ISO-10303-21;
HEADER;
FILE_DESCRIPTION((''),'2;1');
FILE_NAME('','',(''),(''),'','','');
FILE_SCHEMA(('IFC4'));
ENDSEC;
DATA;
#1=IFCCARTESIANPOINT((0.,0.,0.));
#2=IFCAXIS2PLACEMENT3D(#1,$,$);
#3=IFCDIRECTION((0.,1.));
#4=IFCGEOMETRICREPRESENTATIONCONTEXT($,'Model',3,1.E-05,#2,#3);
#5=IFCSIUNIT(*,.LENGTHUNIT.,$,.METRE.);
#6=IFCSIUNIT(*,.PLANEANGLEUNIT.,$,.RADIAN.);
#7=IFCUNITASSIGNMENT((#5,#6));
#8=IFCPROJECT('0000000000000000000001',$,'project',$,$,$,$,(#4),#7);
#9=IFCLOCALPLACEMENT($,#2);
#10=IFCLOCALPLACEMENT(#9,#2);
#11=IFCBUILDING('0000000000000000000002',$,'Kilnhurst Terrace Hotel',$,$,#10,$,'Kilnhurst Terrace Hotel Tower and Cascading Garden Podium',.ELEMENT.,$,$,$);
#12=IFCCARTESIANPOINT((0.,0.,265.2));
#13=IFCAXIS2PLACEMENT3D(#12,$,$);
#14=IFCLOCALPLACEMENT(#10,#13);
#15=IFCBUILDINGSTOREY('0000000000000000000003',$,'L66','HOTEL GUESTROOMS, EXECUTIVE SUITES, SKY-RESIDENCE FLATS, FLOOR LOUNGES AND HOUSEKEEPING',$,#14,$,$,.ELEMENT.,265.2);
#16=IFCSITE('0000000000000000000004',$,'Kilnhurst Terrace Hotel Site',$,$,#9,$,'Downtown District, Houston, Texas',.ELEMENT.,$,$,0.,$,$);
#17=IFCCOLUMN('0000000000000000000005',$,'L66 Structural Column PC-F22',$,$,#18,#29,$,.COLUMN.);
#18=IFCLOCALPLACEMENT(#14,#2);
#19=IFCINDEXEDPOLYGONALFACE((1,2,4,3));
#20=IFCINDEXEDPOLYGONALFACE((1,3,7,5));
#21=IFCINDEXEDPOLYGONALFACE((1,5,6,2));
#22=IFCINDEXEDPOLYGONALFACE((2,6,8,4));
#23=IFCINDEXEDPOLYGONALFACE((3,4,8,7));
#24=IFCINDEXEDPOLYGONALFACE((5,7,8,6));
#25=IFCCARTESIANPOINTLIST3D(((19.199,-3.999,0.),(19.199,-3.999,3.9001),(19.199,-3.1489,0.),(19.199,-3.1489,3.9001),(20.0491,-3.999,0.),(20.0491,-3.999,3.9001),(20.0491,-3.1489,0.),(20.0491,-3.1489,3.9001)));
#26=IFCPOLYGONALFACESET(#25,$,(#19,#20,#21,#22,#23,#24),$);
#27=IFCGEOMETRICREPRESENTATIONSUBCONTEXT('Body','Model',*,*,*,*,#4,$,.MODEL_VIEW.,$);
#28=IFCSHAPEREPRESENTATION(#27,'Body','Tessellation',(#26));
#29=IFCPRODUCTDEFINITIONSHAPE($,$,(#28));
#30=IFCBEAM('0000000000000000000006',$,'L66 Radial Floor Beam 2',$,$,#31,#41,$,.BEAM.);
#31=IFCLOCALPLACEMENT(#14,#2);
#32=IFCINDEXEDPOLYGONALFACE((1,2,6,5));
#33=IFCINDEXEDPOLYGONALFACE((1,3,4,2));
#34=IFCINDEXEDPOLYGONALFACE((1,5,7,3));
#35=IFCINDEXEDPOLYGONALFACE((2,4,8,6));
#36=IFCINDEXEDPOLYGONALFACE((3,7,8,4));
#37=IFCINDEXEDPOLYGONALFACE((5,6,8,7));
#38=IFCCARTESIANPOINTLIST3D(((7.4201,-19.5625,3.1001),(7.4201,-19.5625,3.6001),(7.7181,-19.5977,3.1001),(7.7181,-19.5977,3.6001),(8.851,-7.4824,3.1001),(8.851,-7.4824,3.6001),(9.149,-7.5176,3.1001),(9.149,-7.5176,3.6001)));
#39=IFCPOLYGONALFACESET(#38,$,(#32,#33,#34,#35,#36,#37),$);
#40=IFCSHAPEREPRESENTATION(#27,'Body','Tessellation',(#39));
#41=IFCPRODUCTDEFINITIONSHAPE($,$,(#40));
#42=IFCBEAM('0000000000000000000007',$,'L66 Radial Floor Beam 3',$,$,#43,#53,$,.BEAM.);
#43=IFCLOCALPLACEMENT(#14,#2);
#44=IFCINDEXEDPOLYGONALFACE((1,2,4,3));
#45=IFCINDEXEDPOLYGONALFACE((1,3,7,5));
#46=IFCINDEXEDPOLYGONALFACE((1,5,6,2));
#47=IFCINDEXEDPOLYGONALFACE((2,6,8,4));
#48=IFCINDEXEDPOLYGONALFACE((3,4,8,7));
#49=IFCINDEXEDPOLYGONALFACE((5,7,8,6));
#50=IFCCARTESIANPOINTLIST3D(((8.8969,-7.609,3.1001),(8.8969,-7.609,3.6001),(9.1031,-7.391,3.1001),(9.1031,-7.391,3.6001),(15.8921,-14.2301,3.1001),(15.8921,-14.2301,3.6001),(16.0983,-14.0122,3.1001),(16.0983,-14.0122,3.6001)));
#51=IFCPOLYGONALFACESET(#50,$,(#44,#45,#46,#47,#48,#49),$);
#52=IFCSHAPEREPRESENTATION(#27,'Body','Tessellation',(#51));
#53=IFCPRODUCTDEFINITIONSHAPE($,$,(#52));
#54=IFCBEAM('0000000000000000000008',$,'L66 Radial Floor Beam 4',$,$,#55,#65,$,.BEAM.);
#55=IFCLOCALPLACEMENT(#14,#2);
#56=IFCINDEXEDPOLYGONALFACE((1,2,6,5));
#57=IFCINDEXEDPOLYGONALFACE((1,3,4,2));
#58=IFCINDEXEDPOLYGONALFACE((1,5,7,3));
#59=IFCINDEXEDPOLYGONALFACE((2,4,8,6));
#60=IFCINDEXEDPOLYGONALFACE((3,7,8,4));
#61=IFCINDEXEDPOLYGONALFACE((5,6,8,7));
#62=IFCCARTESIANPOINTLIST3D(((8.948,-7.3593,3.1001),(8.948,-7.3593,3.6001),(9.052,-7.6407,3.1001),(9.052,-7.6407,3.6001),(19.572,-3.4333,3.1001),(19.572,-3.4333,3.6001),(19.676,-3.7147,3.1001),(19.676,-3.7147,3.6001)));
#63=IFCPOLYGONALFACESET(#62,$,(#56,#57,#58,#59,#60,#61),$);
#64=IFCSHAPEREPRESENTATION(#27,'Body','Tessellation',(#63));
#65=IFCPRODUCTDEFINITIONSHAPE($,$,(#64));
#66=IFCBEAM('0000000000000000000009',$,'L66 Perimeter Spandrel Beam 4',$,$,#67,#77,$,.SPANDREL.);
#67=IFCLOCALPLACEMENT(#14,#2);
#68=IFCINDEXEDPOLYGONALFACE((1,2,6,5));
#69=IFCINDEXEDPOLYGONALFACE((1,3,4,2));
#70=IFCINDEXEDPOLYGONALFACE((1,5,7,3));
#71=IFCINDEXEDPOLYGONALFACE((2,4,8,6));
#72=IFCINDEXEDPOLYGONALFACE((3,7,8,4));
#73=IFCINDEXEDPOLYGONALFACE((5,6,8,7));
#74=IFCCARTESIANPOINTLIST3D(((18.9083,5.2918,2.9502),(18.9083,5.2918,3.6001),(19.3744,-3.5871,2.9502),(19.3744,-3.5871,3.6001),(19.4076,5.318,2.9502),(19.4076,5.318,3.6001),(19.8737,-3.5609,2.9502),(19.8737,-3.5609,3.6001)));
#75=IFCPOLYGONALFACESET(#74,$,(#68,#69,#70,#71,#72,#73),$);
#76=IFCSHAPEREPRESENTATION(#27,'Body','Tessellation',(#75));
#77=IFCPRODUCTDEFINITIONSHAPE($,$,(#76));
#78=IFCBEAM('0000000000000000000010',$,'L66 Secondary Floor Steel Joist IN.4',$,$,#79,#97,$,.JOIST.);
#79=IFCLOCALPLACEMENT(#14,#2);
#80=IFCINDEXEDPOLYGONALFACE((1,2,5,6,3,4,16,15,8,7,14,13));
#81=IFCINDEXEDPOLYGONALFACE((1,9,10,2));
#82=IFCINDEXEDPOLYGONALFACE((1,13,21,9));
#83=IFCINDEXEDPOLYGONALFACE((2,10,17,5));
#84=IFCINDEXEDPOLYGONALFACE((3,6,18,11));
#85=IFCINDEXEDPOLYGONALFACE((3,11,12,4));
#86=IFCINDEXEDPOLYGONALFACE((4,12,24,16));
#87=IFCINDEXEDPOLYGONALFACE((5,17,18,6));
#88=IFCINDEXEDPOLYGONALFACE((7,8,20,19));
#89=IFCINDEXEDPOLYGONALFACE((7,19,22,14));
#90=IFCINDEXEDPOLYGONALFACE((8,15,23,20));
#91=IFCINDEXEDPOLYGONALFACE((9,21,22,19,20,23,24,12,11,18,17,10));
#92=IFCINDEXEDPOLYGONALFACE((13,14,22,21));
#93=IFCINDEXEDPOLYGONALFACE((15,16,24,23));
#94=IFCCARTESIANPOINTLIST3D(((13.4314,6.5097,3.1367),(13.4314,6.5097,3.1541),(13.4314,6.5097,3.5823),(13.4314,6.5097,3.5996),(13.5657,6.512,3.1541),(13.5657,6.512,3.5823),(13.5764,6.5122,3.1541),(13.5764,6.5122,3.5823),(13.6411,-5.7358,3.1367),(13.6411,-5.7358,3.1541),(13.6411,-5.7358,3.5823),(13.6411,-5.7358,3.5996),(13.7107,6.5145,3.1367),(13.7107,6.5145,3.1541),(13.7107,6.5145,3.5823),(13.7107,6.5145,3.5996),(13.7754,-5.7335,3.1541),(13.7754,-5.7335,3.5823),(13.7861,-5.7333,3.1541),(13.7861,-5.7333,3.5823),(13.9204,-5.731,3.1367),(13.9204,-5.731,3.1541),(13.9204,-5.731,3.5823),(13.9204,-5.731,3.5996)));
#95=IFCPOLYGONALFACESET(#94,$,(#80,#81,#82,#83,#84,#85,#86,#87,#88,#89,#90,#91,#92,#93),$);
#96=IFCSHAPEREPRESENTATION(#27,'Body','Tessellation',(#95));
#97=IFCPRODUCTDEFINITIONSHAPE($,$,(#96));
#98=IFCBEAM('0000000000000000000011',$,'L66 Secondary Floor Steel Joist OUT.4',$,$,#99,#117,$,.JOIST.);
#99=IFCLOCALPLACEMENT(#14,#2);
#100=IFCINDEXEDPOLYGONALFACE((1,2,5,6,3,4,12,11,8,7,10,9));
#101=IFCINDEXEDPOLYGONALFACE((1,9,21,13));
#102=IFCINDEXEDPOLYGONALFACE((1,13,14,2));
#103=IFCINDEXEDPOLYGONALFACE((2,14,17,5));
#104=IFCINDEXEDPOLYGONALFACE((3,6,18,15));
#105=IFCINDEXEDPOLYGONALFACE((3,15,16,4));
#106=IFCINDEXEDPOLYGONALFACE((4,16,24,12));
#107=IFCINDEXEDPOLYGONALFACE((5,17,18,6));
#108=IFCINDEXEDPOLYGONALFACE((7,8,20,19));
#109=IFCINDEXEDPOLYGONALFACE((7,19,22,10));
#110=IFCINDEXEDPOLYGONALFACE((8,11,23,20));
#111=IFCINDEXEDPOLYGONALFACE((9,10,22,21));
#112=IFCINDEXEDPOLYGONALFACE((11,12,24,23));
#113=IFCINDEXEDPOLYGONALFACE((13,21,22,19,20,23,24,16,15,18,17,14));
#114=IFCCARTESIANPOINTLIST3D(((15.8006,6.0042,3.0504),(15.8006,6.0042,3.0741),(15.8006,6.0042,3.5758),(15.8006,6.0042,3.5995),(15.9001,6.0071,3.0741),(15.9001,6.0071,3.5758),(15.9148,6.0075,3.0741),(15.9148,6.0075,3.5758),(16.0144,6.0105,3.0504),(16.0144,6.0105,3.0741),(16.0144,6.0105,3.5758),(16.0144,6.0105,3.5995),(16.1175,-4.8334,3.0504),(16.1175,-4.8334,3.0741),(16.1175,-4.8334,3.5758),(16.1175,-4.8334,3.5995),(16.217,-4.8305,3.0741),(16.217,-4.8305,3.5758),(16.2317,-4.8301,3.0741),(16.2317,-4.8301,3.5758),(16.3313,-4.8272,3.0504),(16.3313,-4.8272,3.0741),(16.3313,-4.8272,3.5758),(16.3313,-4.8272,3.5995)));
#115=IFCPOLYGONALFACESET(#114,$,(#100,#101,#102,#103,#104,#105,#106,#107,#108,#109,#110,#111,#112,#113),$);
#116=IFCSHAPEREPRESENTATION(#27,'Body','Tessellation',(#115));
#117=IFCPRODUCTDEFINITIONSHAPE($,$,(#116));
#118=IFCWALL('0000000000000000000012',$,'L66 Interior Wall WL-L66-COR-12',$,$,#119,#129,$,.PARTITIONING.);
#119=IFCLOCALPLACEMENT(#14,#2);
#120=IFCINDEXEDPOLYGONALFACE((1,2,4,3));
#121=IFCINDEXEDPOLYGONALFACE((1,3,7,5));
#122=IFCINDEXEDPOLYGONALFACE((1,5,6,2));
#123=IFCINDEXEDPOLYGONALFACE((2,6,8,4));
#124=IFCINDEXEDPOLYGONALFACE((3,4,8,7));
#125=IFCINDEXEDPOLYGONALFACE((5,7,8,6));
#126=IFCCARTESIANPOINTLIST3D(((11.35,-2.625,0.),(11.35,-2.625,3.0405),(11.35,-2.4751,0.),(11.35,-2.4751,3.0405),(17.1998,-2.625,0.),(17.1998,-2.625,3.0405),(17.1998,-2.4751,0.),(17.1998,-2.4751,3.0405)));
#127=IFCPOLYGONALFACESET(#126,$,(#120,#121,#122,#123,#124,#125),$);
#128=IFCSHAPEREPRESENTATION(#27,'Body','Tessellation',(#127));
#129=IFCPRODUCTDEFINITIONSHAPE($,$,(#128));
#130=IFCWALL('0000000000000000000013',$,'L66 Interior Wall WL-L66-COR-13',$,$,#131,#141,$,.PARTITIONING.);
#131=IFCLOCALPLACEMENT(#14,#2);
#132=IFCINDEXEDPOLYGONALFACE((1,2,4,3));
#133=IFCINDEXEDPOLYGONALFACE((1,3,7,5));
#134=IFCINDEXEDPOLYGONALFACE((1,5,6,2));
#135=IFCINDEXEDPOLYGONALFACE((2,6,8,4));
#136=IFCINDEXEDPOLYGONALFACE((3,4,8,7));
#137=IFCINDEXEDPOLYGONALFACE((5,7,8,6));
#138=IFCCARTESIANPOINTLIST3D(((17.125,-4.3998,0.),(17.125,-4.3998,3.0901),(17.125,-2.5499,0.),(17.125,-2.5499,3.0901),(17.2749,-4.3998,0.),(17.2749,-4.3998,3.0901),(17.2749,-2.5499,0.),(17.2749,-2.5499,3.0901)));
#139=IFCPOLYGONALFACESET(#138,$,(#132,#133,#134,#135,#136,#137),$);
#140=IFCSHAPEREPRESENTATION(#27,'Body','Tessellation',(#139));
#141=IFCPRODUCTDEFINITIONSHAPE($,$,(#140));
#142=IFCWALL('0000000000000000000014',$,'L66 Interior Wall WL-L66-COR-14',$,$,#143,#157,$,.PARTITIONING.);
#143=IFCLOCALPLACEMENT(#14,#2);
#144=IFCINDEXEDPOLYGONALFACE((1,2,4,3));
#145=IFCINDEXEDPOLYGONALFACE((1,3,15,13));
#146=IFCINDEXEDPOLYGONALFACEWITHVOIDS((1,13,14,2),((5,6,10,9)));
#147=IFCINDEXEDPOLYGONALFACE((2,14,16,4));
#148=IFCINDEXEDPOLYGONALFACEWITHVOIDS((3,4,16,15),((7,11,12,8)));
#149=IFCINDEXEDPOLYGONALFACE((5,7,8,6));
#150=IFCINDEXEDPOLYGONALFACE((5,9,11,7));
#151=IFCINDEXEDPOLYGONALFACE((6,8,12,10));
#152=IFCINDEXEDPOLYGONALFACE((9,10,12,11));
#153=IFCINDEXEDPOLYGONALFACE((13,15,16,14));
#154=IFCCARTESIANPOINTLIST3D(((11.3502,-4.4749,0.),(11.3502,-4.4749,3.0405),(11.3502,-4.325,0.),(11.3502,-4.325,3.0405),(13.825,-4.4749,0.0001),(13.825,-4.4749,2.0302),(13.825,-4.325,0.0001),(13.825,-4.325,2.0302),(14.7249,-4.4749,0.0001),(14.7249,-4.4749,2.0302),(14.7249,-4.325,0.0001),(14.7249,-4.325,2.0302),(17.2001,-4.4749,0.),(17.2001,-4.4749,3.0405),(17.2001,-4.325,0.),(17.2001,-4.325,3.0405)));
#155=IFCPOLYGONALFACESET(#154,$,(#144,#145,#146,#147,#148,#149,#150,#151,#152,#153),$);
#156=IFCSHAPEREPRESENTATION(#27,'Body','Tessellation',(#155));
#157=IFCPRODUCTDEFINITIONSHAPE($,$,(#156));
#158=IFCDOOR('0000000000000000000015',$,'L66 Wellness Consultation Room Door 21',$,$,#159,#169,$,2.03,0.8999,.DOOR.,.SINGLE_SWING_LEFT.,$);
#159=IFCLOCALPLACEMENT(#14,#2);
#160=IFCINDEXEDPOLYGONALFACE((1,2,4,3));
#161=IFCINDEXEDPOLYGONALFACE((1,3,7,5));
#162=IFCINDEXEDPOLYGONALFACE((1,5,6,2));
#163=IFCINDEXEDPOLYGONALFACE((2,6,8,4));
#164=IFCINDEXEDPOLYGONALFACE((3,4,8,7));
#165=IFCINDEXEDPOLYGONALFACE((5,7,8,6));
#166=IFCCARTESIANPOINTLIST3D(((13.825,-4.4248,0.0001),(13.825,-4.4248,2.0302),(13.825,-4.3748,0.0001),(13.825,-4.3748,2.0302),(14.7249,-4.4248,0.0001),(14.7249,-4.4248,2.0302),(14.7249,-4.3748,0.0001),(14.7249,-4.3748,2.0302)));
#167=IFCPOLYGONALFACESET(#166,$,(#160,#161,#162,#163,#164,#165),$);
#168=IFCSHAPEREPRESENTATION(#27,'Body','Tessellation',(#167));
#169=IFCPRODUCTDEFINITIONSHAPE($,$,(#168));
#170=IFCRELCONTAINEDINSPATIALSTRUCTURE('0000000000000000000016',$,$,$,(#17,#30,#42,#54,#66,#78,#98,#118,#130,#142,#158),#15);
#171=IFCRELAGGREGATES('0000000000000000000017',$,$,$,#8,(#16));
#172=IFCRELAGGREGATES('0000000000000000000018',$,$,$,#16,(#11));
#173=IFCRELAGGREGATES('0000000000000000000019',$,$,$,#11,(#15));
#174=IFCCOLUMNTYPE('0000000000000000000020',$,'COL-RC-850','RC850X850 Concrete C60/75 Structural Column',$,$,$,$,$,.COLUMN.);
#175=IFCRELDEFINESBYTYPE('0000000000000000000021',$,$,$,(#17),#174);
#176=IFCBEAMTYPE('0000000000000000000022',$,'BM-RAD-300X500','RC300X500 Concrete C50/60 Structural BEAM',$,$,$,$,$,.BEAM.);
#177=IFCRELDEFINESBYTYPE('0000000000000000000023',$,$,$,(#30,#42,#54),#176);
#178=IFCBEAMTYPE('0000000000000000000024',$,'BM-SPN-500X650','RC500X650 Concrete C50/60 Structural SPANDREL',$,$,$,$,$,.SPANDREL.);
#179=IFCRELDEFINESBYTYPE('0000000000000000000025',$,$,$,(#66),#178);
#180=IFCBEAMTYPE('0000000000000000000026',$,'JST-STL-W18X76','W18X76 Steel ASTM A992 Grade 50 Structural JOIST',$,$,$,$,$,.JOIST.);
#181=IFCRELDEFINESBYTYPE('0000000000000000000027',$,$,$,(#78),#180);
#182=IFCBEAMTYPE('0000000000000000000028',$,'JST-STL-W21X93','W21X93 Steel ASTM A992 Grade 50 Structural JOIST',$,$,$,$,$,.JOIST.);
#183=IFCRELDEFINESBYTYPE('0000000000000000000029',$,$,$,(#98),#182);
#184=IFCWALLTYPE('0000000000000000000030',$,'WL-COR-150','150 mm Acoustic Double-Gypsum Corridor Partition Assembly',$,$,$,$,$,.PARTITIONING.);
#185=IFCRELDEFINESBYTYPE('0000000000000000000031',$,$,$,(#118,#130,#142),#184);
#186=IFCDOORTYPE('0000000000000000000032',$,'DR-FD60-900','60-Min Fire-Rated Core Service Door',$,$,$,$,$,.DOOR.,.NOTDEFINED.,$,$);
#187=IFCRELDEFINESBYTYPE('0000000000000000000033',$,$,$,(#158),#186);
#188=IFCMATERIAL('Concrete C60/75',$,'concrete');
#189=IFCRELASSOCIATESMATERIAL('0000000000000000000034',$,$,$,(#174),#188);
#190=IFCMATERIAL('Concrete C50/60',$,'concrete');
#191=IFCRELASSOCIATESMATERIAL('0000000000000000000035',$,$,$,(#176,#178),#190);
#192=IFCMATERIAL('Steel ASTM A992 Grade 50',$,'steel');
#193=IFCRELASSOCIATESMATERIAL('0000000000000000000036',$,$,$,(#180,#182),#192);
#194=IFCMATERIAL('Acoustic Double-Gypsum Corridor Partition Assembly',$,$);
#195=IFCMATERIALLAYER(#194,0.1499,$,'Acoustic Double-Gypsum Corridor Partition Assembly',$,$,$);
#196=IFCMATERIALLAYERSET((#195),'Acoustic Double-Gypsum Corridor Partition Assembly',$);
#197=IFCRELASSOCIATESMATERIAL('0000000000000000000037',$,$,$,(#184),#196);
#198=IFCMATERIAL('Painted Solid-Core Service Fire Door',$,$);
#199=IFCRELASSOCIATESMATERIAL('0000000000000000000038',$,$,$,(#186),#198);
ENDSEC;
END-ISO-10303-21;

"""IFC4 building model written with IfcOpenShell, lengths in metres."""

from ifc_helpers import new_model, si_unit, direction, frame, frame_2d, origin, origin_2d, place, context, subcontext, project, spatial, rectangle, i_section, extrude, material, layer, layer_set, material_profile, profile_set, type_object, element, fill, save


model = new_model("IFC4")

# Units and contexts
model_context = context("Model", 3, precision=1e-05, world=origin(), true_north=direction((0.0, 1.0)))
body_context = subcontext(model_context, "Body", "Model", "MODEL_VIEW")
ifc_project = project(units=[si_unit("LENGTHUNIT", "METRE"), si_unit("PLANEANGLEUNIT", "RADIAN")], contexts=[model_context])

# Site, building, storey
site_placement = place(None, origin())
site = spatial("IfcSite", under=ifc_project, at=site_placement, Name="Kilnhurst Terrace Hotel Site", LongName="Downtown District, Houston, Texas", CompositionType="ELEMENT", RefElevation=0.0)
building_placement = place(site_placement, origin())
building = spatial("IfcBuilding", under=site, at=building_placement, Name="Kilnhurst Terrace Hotel", LongName="Kilnhurst Terrace Hotel Tower and Cascading Garden Podium", CompositionType="ELEMENT")
storey_placement = place(building_placement, frame((0.0, 0.0, 265.2)))
storey = spatial("IfcBuildingStorey", under=building, at=storey_placement, Name="L66", Description="HOTEL GUESTROOMS, EXECUTIVE SUITES, SKY-RESIDENCE FLATS, FLOOR LOUNGES AND HOUSEKEEPING", CompositionType="ELEMENT", Elevation=265.2)

# Column
ifc_material_1 = material(Name="Concrete C60/75", Category="concrete")
ifc_material_profile_1 = material_profile(ifc_material_1, rectangle(XDim=0.8501, YDim=0.8501, at=origin_2d()), Name="RC850X850")
ifc_profile_set_1 = profile_set([ifc_material_profile_1], Name="Concrete C60/75")
column_type = type_object("IfcColumnType", Name="COL-RC-850", Description="RC850X850 Concrete C60/75 Structural Column", PredefinedType="COLUMN", material=ifc_profile_set_1)
column_placement = place(storey_placement, frame((19.624, -3.574, 0.0), z_axis=(0.0, 0.0, 1.0), x_axis=(1.0, 0.0, 0.0)))
element("IfcColumn", 1, at=column_placement, inside=storey, type_object=column_type, Name="L66 Structural Column PC-F22", PredefinedType="COLUMN", context=body_context, shape_type="SweptSolid", body=[
    extrude(rectangle(XDim=0.8501, YDim=0.8501, at=origin_2d()), origin(), (0.0, 0.0, 1.0), 3.9001),
])

# Beams
ifc_material_2 = material(Name="Concrete C50/60", Category="concrete")
ifc_material_profile_2 = material_profile(ifc_material_2, rectangle(XDim=0.3, YDim=0.5, at=origin_2d()), Name="RC300X500")
ifc_profile_set_2 = profile_set([ifc_material_profile_2], Name="Concrete C50/60")
beam_type_1 = type_object("IfcBeamType", Name="BM-RAD-300X500", Description="RC300X500 Concrete C50/60 Structural BEAM", PredefinedType="BEAM", material=ifc_profile_set_2)
beam_1_placement = place(storey_placement, frame((9.0, -7.5, 3.3501), z_axis=(-0.11763, -0.993058, 0.0), x_axis=(0.993058, -0.11763, 0.0)))
element("IfcBeam", 2, at=beam_1_placement, inside=storey, type_object=beam_type_1, Name="L66 Radial Floor Beam 2", PredefinedType="BEAM", context=body_context, shape_type="SweptSolid", body=[
    extrude(rectangle(XDim=0.3, YDim=0.5, at=origin_2d()), origin(), (0.0, 0.0, 1.0), 12.1646),
])
beam_2_placement = place(storey_placement, frame((9.0, -7.5, 3.3501), z_axis=(0.726256, -0.687424, 0.0), x_axis=(0.687424, 0.726256, 0.0)))
element("IfcBeam", 3, at=beam_2_placement, inside=storey, type_object=beam_type_1, Name="L66 Radial Floor Beam 3", PredefinedType="BEAM", context=body_context, shape_type="SweptSolid", body=[
    extrude(rectangle(XDim=0.3, YDim=0.5, at=origin_2d()), origin(), (0.0, 0.0, 1.0), 9.6318),
])
beam_3_placement = place(storey_placement, frame((9.0, -7.5, 3.3501), z_axis=(0.938002, 0.346631, 0.0), x_axis=(-0.346631, 0.938002, 0.0)))
element("IfcBeam", 4, at=beam_3_placement, inside=storey, type_object=beam_type_1, Name="L66 Radial Floor Beam 4", PredefinedType="BEAM", context=body_context, shape_type="SweptSolid", body=[
    extrude(rectangle(XDim=0.3, YDim=0.5, at=origin_2d()), origin(), (0.0, 0.0, 1.0), 11.3262),
])
ifc_material_profile_3 = material_profile(ifc_material_2, rectangle(XDim=0.5, YDim=0.6499, at=origin_2d()), Name="RC500X650")
ifc_profile_set_3 = profile_set([ifc_material_profile_3], Name="Concrete C50/60")
beam_type_2 = type_object("IfcBeamType", Name="BM-SPN-500X650", Description="RC500X650 Concrete C50/60 Structural SPANDREL", PredefinedType="SPANDREL", material=ifc_profile_set_3)
beam_4_placement = place(storey_placement, frame((19.624, -3.574, 3.2751), z_axis=(-0.052419, 0.998625, 0.0), x_axis=(-0.998625, -0.052419, 0.0)))
element("IfcBeam", 5, at=beam_4_placement, inside=storey, type_object=beam_type_2, Name="L66 Perimeter Spandrel Beam 4", PredefinedType="SPANDREL", context=body_context, shape_type="SweptSolid", body=[
    extrude(rectangle(XDim=0.5, YDim=0.6499, at=origin_2d()), origin(), (0.0, 0.0, 1.0), 8.8911),
])
ifc_material_3 = material(Name="Steel ASTM A992 Grade 50", Category="steel")
ifc_material_profile_4 = material_profile(ifc_material_3, i_section(OverallWidth=0.2793, OverallDepth=0.4629, WebThickness=0.0107, FlangeThickness=0.0173, at=origin_2d()), Name="W18X76")
ifc_profile_set_4 = profile_set([ifc_material_profile_4], Name="Steel ASTM A992 Grade 50")
beam_type_3 = type_object("IfcBeamType", Name="JST-STL-W18X76", Description="W18X76 Steel ASTM A992 Grade 50 Structural JOIST", PredefinedType="JOIST", material=ifc_profile_set_4)
beam_5_placement = place(storey_placement, frame((13.7808, -5.7334, 3.3682), z_axis=(-0.017123, 0.999853, 0.0), x_axis=(-0.999853, -0.017123, 0.0)))
element("IfcBeam", 6, at=beam_5_placement, inside=storey, type_object=beam_type_3, Name="L66 Secondary Floor Steel Joist IN.4", PredefinedType="JOIST", context=body_context, shape_type="SweptSolid", body=[
    extrude(i_section(OverallWidth=0.2793, OverallDepth=0.4629, WebThickness=0.0107, FlangeThickness=0.0173, at=origin_2d()), origin(), (0.0, 0.0, 1.0), 12.2473),
])
ifc_material_profile_5 = material_profile(ifc_material_3, i_section(OverallWidth=0.2139, OverallDepth=0.5491, WebThickness=0.0146, FlangeThickness=0.0237, at=origin_2d()), Name="W21X93")
ifc_profile_set_5 = profile_set([ifc_material_profile_5], Name="Steel ASTM A992 Grade 50")
beam_type_4 = type_object("IfcBeamType", Name="JST-STL-W21X93", Description="W21X93 Steel ASTM A992 Grade 50 Structural JOIST", PredefinedType="JOIST", material=ifc_profile_set_5)
beam_6_placement = place(storey_placement, frame((16.2244, -4.8303, 3.325), z_axis=(-0.029228, 0.999573, 0.0), x_axis=(-0.999573, -0.029228, 0.0)))
element("IfcBeam", 7, at=beam_6_placement, inside=storey, type_object=beam_type_4, Name="L66 Secondary Floor Steel Joist OUT.4", PredefinedType="JOIST", context=body_context, shape_type="SweptSolid", body=[
    extrude(i_section(OverallWidth=0.2139, OverallDepth=0.5491, WebThickness=0.0146, FlangeThickness=0.0237, at=origin_2d()), origin(), (0.0, 0.0, 1.0), 10.8423),
])

# Walls
ifc_material_4 = material(Name="Acoustic Double-Gypsum Corridor Partition Assembly")
ifc_layer_1 = layer(ifc_material_4, 0.1499, Name="Acoustic Double-Gypsum Corridor Partition Assembly")
ifc_layer_set_1 = layer_set([ifc_layer_1], Name="Acoustic Double-Gypsum Corridor Partition Assembly")
wall_type_1 = type_object("IfcWallType", Name="WL-COR-150", Description="150 mm Acoustic Double-Gypsum Corridor Partition Assembly", PredefinedType="PARTITIONING", material=ifc_layer_set_1)
wall_1_placement = place(storey_placement, frame((11.3501, -2.55, 0.0), z_axis=(0.0, 0.0, 1.0), x_axis=(1.0, 0.0, 0.0)))
element("IfcWall", 8, at=wall_1_placement, inside=storey, type_object=wall_type_1, Name="L66 Interior Wall WL-L66-COR-12", PredefinedType="PARTITIONING", context=body_context, shape_type="SweptSolid", body=[
    extrude(rectangle(XDim=5.8499, YDim=0.1499, at=frame_2d((2.9248, 0.0))), origin(), (0.0, 0.0, 1.0), 3.0405),
])
wall_2_placement = place(storey_placement, frame((17.2, -2.55, 0.0), z_axis=(0.0, 0.0, 1.0), x_axis=(0.0, -1.0, 0.0)))
element("IfcWall", 9, at=wall_2_placement, inside=storey, type_object=wall_type_1, Name="L66 Interior Wall WL-L66-COR-13", PredefinedType="PARTITIONING", context=body_context, shape_type="SweptSolid", body=[
    extrude(rectangle(XDim=1.8499, YDim=0.1499, at=frame_2d((0.9248, 0.0))), origin(), (0.0, 0.0, 1.0), 3.0901),
])

# Wall, opening, door
wall_3_placement = place(storey_placement, frame((17.2, -4.3999, 0.0), z_axis=(0.0, 0.0, 1.0), x_axis=(-1.0, 0.0, 0.0)))
wall_3 = element("IfcWall", 10, at=wall_3_placement, inside=storey, type_object=wall_type_1, Name="L66 Interior Wall WL-L66-COR-14", PredefinedType="PARTITIONING", context=body_context, shape_type="SweptSolid", body=[
    extrude(rectangle(XDim=5.8499, YDim=0.1499, at=frame_2d((2.9248, 0.0))), origin(), (0.0, 0.0, 1.0), 3.0405),
])
opening_1_placement = place(wall_3_placement, frame((2.4751, 0.0, 0.0)))
opening_1 = element("IfcOpeningElement", 11, at=opening_1_placement, cuts=wall_3, PredefinedType="OPENING", context=body_context, shape_type="SweptSolid", body=[
    extrude(rectangle(XDim=0.8999, YDim=2.03, at=frame_2d((0.45, 1.0151))), frame((0.0, 0.085, 0.0), z_axis=(0.0, -1.0, 0.0), x_axis=(1.0, 0.0, 0.0)), (0.0, 0.0, 1.0), 0.1699),
])
ifc_material_5 = material(Name="Painted Solid-Core Service Fire Door")
door_type_1 = type_object("IfcDoorType", Name="DR-FD60-900", Description="60-Min Fire-Rated Core Service Door", OperationType="NOTDEFINED", PredefinedType="DOOR", material=ifc_material_5)
door_1_placement = place(opening_1_placement, origin())
door_1 = element("IfcDoor", 12, at=door_1_placement, inside=storey, type_object=door_type_1, Name="L66 Wellness Consultation Room Door 21", OperationType="SINGLE_SWING_LEFT", OverallHeight=2.03, OverallWidth=0.8999, PredefinedType="DOOR", context=body_context, shape_type="SweptSolid", body=[
    extrude(rectangle(XDim=0.8999, YDim=2.03, at=frame_2d((0.45, 1.0151))), frame((0.0, 0.0249, 0.0), z_axis=(0.0, -1.0, 0.0), x_axis=(1.0, 0.0, 0.0)), (0.0, 0.0, 1.0), 0.05),
])
fill(opening_1, door_1)

save(model, "model.ifc")
